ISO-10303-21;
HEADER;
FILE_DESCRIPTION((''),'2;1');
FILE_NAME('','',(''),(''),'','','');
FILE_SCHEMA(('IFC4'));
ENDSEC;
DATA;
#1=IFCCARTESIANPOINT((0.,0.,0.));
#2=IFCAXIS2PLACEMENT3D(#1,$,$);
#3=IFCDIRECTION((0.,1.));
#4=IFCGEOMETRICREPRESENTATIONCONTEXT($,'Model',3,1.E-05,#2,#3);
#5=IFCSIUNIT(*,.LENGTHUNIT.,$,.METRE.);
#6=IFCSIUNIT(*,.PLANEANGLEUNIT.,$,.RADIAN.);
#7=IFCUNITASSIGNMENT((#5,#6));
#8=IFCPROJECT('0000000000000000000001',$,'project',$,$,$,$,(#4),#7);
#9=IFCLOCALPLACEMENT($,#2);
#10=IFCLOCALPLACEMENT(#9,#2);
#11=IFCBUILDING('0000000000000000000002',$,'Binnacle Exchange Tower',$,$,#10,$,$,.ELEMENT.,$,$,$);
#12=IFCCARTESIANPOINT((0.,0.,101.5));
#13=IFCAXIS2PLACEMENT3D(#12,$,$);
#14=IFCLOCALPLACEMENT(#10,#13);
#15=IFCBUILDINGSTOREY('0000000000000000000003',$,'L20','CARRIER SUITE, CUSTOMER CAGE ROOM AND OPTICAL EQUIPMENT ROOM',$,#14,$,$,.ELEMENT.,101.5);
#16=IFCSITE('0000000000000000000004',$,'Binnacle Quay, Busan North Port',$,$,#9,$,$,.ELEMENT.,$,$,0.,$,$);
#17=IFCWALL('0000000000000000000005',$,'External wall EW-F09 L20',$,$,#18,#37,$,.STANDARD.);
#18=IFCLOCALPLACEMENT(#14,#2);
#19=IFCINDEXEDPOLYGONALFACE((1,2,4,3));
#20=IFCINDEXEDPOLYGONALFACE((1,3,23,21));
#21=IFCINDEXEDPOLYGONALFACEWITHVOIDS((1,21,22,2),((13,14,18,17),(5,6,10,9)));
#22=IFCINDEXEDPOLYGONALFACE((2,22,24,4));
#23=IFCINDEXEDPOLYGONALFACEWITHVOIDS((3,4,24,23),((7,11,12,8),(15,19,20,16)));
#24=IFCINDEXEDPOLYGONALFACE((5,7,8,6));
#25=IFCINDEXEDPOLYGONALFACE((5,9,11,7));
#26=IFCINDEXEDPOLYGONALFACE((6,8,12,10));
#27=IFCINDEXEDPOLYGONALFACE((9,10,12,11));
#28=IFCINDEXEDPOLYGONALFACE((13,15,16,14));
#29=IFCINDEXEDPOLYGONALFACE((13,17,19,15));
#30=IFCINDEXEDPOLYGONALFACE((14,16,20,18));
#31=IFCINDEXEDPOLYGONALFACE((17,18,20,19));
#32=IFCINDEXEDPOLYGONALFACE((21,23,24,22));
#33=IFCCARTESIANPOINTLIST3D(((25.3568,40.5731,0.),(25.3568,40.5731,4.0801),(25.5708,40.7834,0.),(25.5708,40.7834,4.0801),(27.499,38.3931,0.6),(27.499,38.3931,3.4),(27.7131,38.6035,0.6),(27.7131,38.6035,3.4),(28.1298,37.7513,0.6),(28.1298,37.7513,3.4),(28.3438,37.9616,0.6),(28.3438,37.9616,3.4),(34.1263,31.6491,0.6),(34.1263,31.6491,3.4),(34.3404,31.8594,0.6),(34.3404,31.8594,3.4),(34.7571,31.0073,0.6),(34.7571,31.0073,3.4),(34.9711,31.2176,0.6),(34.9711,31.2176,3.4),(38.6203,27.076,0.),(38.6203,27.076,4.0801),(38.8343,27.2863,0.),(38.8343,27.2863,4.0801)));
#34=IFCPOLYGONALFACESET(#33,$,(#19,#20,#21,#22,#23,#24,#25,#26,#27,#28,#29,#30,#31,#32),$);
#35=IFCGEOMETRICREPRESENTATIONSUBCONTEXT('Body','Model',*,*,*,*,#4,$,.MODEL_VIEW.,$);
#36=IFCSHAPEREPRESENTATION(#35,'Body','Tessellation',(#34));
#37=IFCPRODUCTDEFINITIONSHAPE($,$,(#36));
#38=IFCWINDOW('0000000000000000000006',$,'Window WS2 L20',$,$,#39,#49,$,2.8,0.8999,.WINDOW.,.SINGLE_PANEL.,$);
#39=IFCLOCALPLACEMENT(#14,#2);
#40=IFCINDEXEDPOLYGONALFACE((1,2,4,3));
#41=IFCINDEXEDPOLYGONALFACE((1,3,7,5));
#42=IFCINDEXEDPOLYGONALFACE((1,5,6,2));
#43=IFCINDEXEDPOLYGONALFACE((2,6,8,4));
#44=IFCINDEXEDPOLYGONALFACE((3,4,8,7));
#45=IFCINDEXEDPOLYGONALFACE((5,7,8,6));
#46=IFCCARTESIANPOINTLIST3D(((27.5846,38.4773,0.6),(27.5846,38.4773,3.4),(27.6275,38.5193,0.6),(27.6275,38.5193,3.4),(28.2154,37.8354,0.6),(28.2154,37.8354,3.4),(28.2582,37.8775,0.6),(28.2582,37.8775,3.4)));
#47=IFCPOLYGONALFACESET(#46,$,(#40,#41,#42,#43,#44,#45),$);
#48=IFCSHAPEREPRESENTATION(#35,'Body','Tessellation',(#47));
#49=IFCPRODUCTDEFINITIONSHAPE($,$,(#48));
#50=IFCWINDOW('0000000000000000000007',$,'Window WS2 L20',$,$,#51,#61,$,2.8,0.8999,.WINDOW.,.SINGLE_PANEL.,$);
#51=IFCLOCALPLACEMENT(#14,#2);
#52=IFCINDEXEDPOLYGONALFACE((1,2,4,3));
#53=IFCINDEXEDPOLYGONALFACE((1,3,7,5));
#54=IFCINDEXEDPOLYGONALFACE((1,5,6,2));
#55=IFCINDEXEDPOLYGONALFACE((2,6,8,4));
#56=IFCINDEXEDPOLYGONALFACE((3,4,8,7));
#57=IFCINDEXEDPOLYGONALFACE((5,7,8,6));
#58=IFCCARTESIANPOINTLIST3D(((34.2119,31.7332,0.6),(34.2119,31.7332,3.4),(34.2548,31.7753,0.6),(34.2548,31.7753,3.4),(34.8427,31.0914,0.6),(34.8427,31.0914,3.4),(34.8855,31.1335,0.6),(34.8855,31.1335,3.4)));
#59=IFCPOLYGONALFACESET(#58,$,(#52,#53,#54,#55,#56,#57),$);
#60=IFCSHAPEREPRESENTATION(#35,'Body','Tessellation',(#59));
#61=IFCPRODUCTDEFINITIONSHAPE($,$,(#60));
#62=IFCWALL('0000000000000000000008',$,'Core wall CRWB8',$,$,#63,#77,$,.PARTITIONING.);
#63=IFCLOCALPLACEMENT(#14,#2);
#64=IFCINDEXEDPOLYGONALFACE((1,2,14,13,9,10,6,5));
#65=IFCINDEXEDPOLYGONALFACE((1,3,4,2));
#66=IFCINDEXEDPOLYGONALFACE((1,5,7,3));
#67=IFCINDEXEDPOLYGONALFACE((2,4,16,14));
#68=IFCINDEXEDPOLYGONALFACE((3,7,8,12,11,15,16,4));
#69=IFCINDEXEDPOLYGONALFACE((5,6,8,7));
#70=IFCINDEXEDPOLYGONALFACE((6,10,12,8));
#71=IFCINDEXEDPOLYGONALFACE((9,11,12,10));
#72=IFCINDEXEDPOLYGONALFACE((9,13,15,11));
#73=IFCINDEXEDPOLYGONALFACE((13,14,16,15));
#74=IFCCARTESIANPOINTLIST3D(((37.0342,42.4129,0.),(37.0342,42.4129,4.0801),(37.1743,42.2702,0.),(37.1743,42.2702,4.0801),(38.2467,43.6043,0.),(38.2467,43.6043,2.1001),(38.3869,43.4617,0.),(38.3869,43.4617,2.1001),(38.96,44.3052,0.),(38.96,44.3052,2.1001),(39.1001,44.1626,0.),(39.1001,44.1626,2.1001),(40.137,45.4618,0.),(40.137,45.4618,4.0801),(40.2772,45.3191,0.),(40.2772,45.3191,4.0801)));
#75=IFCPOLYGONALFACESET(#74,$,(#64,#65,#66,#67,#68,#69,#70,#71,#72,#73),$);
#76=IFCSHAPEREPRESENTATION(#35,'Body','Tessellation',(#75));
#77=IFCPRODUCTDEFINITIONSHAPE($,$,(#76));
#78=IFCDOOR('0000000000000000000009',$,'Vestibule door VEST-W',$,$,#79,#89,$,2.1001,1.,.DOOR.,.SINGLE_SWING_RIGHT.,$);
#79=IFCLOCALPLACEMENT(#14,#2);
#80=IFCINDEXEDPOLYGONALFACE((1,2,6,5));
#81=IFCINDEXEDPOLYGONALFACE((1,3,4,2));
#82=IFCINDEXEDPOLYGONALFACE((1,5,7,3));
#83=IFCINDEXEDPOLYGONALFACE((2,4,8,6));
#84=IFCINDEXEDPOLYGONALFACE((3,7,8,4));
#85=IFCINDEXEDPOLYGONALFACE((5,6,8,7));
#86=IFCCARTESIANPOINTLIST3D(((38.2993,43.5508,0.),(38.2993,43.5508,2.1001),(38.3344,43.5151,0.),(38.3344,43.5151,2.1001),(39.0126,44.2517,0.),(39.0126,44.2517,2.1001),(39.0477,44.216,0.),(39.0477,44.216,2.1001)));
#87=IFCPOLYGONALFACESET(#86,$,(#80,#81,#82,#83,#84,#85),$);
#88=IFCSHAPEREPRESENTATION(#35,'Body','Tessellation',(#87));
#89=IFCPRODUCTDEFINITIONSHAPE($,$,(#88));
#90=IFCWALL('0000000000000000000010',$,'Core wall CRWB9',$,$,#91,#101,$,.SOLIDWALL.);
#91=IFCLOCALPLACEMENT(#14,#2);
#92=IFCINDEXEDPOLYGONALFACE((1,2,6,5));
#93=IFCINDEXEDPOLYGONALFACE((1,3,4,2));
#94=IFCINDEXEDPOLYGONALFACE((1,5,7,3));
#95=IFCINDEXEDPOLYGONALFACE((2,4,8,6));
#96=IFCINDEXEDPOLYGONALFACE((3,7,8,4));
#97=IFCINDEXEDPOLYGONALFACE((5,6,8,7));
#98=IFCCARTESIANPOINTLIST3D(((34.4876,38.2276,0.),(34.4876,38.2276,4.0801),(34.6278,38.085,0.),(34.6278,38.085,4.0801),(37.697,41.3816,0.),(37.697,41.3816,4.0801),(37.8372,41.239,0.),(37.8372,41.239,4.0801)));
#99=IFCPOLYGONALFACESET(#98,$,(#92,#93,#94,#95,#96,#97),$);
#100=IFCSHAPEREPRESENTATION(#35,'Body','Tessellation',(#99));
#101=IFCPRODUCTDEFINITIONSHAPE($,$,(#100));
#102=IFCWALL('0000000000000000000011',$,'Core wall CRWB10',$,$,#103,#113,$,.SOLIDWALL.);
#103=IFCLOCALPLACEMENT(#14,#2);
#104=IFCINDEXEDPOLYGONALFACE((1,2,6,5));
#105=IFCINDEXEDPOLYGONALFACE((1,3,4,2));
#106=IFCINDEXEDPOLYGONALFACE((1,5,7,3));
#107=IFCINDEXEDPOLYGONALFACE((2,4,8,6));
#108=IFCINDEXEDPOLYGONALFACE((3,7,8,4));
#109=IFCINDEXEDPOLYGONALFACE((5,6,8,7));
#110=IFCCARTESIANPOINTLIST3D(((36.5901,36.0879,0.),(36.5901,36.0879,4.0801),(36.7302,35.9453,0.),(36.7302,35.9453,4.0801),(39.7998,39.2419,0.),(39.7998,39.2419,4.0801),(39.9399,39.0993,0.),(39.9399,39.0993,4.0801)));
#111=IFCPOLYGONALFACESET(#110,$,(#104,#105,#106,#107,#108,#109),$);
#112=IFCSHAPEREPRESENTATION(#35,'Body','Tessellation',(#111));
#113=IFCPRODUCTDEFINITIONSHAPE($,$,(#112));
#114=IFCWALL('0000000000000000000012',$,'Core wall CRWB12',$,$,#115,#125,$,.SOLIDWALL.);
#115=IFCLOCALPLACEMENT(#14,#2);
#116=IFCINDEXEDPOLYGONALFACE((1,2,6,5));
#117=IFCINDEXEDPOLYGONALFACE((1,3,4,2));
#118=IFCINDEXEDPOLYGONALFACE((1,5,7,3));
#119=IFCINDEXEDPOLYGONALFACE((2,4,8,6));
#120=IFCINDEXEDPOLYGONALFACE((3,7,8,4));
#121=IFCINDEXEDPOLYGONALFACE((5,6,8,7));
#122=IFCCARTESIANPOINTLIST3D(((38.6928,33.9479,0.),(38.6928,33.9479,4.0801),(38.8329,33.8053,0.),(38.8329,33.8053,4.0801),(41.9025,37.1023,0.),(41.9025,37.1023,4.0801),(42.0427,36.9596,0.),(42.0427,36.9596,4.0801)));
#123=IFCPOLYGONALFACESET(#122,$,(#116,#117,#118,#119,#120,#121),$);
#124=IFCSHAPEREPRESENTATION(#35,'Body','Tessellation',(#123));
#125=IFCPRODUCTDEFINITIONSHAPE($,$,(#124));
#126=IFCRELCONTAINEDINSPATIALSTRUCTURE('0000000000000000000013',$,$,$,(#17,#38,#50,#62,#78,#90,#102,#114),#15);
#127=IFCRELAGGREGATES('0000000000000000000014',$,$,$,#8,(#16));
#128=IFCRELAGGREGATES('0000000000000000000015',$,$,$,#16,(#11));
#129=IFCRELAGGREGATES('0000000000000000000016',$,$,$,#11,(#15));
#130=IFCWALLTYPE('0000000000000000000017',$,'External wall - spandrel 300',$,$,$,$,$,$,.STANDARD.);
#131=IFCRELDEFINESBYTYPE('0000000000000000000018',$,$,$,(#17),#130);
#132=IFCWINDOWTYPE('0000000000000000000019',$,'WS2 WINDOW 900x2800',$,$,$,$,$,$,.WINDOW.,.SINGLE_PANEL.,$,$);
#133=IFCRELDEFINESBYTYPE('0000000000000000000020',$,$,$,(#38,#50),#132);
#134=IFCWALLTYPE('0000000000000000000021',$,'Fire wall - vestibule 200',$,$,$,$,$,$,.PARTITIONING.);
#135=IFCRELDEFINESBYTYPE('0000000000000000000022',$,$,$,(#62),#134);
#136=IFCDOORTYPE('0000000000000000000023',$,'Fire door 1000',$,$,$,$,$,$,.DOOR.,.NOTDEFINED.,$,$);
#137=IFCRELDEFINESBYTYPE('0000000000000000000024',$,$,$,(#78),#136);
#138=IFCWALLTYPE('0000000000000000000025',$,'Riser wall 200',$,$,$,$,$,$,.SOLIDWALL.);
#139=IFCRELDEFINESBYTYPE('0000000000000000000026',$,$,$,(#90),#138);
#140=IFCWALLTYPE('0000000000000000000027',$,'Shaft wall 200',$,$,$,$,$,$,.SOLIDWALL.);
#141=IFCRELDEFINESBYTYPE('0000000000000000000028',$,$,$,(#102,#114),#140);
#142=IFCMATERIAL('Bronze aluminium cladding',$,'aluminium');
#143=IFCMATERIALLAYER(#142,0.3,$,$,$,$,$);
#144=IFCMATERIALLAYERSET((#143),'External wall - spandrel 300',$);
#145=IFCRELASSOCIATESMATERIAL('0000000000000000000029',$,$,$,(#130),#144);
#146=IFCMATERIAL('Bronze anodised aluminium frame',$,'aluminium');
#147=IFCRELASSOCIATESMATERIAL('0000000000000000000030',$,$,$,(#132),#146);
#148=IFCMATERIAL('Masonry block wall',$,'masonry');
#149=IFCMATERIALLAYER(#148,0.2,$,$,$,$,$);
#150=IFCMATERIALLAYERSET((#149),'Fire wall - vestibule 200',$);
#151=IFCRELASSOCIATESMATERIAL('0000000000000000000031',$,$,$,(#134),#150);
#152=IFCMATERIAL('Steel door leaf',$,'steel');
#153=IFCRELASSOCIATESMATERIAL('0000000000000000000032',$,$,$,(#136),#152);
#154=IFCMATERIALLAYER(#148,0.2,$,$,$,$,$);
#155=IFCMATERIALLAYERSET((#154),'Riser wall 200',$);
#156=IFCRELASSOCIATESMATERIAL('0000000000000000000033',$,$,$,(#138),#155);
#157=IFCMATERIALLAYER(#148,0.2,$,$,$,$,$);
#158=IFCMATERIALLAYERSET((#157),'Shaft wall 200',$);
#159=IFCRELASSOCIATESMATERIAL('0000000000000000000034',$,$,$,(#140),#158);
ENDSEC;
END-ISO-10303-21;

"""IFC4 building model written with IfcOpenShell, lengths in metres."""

from ifc_helpers import new_model, si_unit, direction, frame, frame_2d, origin, place, context, subcontext, project, spatial, rectangle, extrude, material, layer, layer_set, type_object, element, fill, save


model = new_model("IFC4")

# Units and contexts
model_context = context("Model", 3, precision=1e-05, world=origin(), true_north=direction((0.0, 1.0)))
body_context = subcontext(model_context, "Body", "Model", "MODEL_VIEW")
ifc_project = project(units=[si_unit("LENGTHUNIT", "METRE"), si_unit("PLANEANGLEUNIT", "RADIAN")], contexts=[model_context])

# Site, building, storey
site_placement = place(None, origin())
site = spatial("IfcSite", under=ifc_project, at=site_placement, Name="Binnacle Quay, Busan North Port", CompositionType="ELEMENT", RefElevation=0.0)
building_placement = place(site_placement, origin())
building = spatial("IfcBuilding", under=site, at=building_placement, Name="Binnacle Exchange Tower", CompositionType="ELEMENT")
storey_placement = place(building_placement, frame((0.0, 0.0, 101.5)))
storey = spatial("IfcBuildingStorey", under=building, at=storey_placement, Name="L20", Description="CARRIER SUITE, CUSTOMER CAGE ROOM AND OPTICAL EQUIPMENT ROOM", CompositionType="ELEMENT", Elevation=101.5)

# Shared definitions
ifc_material_1 = material(Name="Steel door leaf", Category="steel")

# Wall, openings, windows
ifc_material_2 = material(Name="Bronze aluminium cladding", Category="aluminium")
ifc_layer_1 = layer(ifc_material_2, 0.3)
ifc_layer_set_1 = layer_set([ifc_layer_1], Name="External wall - spandrel 300")
wall_type_1 = type_object("IfcWallType", Name="External wall - spandrel 300", PredefinedType="STANDARD", material=ifc_layer_set_1)
wall_1_placement = place(storey_placement, frame((38.7273, 27.1812, 0.0), z_axis=(0.0, 0.0, 1.0), x_axis=(-0.700906, 0.713253, 0.0)))
wall_1 = element("IfcWall", 1, at=wall_1_placement, inside=storey, type_object=wall_type_1, Name="External wall EW-F09 L20", PredefinedType="STANDARD", context=body_context, shape_type="SweptSolid", body=[
    extrude(rectangle(XDim=18.9233, YDim=0.3, at=frame_2d((9.4617, 0.0))), origin(), (0.0, 0.0, 1.0), 4.0801),
])
opening_1_placement = place(wall_1_placement, frame((14.967, 0.0, 0.6001)))
opening_1 = element("IfcOpeningElement", 2, at=opening_1_placement, cuts=wall_1, PredefinedType="OPENING", context=body_context, shape_type="SweptSolid", body=[
    extrude(rectangle(XDim=0.8999, YDim=2.8, at=frame_2d((0.45, 1.3999))), frame((0.0, 0.1599, 0.0), z_axis=(0.0, -1.0, 0.0), x_axis=(1.0, 0.0, 0.0)), (0.0, 0.0, 1.0), 0.3201),
])
opening_2_placement = place(wall_1_placement, frame((5.5117, 0.0, 0.6001)))
opening_2 = element("IfcOpeningElement", 3, at=opening_2_placement, cuts=wall_1, PredefinedType="OPENING", context=body_context, shape_type="SweptSolid", body=[
    extrude(rectangle(XDim=0.8999, YDim=2.8, at=frame_2d((0.45, 1.3999))), frame((0.0, 0.1599, 0.0), z_axis=(0.0, -1.0, 0.0), x_axis=(1.0, 0.0, 0.0)), (0.0, 0.0, 1.0), 0.3201),
])
ifc_material_3 = material(Name="Bronze anodised aluminium frame", Category="aluminium")
window_type = type_object("IfcWindowType", Name="WS2 WINDOW 900x2800", PartitioningType="SINGLE_PANEL", PredefinedType="WINDOW", material=ifc_material_3)
window_1_placement = place(opening_1_placement, origin())
window_1 = element("IfcWindow", 4, at=window_1_placement, inside=storey, type_object=window_type, Name="Window WS2 L20", OverallHeight=2.8, OverallWidth=0.8999, PartitioningType="SINGLE_PANEL", PredefinedType="WINDOW", context=body_context, shape_type="SweptSolid", body=[
    extrude(rectangle(XDim=0.8999, YDim=2.8, at=frame_2d((0.45, 1.3999))), frame((0.0, 0.03, 0.0), z_axis=(0.0, -1.0, 0.0), x_axis=(1.0, 0.0, 0.0)), (0.0, 0.0, 1.0), 0.0601),
])
fill(opening_1, window_1)
window_2_placement = place(opening_2_placement, origin())
window_2 = element("IfcWindow", 5, at=window_2_placement, inside=storey, type_object=window_type, Name="Window WS2 L20", OverallHeight=2.8, OverallWidth=0.8999, PartitioningType="SINGLE_PANEL", PredefinedType="WINDOW", context=body_context, shape_type="SweptSolid", body=[
    extrude(rectangle(XDim=0.8999, YDim=2.8, at=frame_2d((0.45, 1.3999))), frame((0.0, 0.03, 0.0), z_axis=(0.0, -1.0, 0.0), x_axis=(1.0, 0.0, 0.0)), (0.0, 0.0, 1.0), 0.0601),
])
fill(opening_2, window_2)

# Wall, opening, door
ifc_material_4 = material(Name="Masonry block wall", Category="masonry")
ifc_layer_2 = layer(ifc_material_4, 0.2)
ifc_layer_set_2 = layer_set([ifc_layer_2], Name="Fire wall - vestibule 200")
wall_type_2 = type_object("IfcWallType", Name="Fire wall - vestibule 200", PredefinedType="PARTITIONING", material=ifc_layer_set_2)
wall_2_placement = place(storey_placement, frame((37.1042, 42.3416, 0.0), z_axis=(0.0, 0.0, 1.0), x_axis=(0.713281, 0.700878, 0.0)))
wall_2 = element("IfcWall", 6, at=wall_2_placement, inside=storey, type_object=wall_type_2, Name="Core wall CRWB8", PredefinedType="PARTITIONING", context=body_context, shape_type="SweptSolid", body=[
    extrude(rectangle(XDim=4.3501, YDim=0.2, at=frame_2d((2.175, 0.0))), origin(), (0.0, 0.0, 1.0), 4.0801),
])
opening_3_placement = place(wall_2_placement, frame((1.7, 0.0, 0.0)))
opening_3 = element("IfcOpeningElement", 7, at=opening_3_placement, cuts=wall_2, PredefinedType="OPENING", context=body_context, shape_type="SweptSolid", body=[
    extrude(rectangle(XDim=1.0, YDim=2.1001, at=frame_2d((0.5, 1.05))), frame((0.0, 0.1099, 0.0), z_axis=(0.0, -1.0, 0.0), x_axis=(1.0, 0.0, 0.0)), (0.0, 0.0, 1.0), 0.22),
])
door_type_1 = type_object("IfcDoorType", Name="Fire door 1000", OperationType="NOTDEFINED", PredefinedType="DOOR", material=ifc_material_1)
door_1_placement = place(opening_3_placement, origin())
door_1 = element("IfcDoor", 8, at=door_1_placement, inside=storey, type_object=door_type_1, Name="Vestibule door VEST-W", OperationType="SINGLE_SWING_RIGHT", OverallHeight=2.1001, OverallWidth=1.0, PredefinedType="DOOR", context=body_context, shape_type="SweptSolid", body=[
    extrude(rectangle(XDim=1.0, YDim=2.1001, at=frame_2d((0.5, 1.05))), frame((0.0, 0.0249, 0.0), z_axis=(0.0, -1.0, 0.0), x_axis=(1.0, 0.0, 0.0)), (0.0, 0.0, 1.0), 0.05),
])
fill(opening_3, door_1)

# Walls
ifc_layer_3 = layer(ifc_material_4, 0.2)
ifc_layer_set_3 = layer_set([ifc_layer_3], Name="Riser wall 200")
wall_type_3 = type_object("IfcWallType", Name="Riser wall 200", PredefinedType="SOLIDWALL", material=ifc_layer_set_3)
wall_3_placement = place(storey_placement, frame((34.5576, 38.1562, 0.0), z_axis=(0.0, 0.0, 1.0), x_axis=(0.713238, 0.700922, 0.0)))
element("IfcWall", 9, at=wall_3_placement, inside=storey, type_object=wall_type_3, Name="Core wall CRWB9", PredefinedType="SOLIDWALL", context=body_context, shape_type="SweptSolid", body=[
    extrude(rectangle(XDim=4.4998, YDim=0.2, at=frame_2d((2.25, 0.0))), origin(), (0.0, 0.0, 1.0), 4.0801),
])
ifc_layer_4 = layer(ifc_material_4, 0.2)
ifc_layer_set_4 = layer_set([ifc_layer_4], Name="Shaft wall 200")
wall_type_4 = type_object("IfcWallType", Name="Shaft wall 200", PredefinedType="SOLIDWALL", material=ifc_layer_set_4)
wall_4_placement = place(storey_placement, frame((36.6602, 36.0166, 0.0), z_axis=(0.0, 0.0, 1.0), x_axis=(0.713265, 0.700895, 0.0)))
element("IfcWall", 10, at=wall_4_placement, inside=storey, type_object=wall_type_4, Name="Core wall CRWB10", PredefinedType="SOLIDWALL", context=body_context, shape_type="SweptSolid", body=[
    extrude(rectangle(XDim=4.5, YDim=0.2, at=frame_2d((2.25, 0.0))), origin(), (0.0, 0.0, 1.0), 4.0801),
])
wall_5_placement = place(storey_placement, frame((38.7629, 33.8767, 0.0), z_axis=(0.0, 0.0, 1.0), x_axis=(0.713237, 0.700922, 0.0)))
element("IfcWall", 11, at=wall_5_placement, inside=storey, type_object=wall_type_4, Name="Core wall CRWB12", PredefinedType="SOLIDWALL", context=body_context, shape_type="SweptSolid", body=[
    extrude(rectangle(XDim=4.5002, YDim=0.2, at=frame_2d((2.25, 0.0))), origin(), (0.0, 0.0, 1.0), 4.0801),
])

save(model, "model.ifc")
